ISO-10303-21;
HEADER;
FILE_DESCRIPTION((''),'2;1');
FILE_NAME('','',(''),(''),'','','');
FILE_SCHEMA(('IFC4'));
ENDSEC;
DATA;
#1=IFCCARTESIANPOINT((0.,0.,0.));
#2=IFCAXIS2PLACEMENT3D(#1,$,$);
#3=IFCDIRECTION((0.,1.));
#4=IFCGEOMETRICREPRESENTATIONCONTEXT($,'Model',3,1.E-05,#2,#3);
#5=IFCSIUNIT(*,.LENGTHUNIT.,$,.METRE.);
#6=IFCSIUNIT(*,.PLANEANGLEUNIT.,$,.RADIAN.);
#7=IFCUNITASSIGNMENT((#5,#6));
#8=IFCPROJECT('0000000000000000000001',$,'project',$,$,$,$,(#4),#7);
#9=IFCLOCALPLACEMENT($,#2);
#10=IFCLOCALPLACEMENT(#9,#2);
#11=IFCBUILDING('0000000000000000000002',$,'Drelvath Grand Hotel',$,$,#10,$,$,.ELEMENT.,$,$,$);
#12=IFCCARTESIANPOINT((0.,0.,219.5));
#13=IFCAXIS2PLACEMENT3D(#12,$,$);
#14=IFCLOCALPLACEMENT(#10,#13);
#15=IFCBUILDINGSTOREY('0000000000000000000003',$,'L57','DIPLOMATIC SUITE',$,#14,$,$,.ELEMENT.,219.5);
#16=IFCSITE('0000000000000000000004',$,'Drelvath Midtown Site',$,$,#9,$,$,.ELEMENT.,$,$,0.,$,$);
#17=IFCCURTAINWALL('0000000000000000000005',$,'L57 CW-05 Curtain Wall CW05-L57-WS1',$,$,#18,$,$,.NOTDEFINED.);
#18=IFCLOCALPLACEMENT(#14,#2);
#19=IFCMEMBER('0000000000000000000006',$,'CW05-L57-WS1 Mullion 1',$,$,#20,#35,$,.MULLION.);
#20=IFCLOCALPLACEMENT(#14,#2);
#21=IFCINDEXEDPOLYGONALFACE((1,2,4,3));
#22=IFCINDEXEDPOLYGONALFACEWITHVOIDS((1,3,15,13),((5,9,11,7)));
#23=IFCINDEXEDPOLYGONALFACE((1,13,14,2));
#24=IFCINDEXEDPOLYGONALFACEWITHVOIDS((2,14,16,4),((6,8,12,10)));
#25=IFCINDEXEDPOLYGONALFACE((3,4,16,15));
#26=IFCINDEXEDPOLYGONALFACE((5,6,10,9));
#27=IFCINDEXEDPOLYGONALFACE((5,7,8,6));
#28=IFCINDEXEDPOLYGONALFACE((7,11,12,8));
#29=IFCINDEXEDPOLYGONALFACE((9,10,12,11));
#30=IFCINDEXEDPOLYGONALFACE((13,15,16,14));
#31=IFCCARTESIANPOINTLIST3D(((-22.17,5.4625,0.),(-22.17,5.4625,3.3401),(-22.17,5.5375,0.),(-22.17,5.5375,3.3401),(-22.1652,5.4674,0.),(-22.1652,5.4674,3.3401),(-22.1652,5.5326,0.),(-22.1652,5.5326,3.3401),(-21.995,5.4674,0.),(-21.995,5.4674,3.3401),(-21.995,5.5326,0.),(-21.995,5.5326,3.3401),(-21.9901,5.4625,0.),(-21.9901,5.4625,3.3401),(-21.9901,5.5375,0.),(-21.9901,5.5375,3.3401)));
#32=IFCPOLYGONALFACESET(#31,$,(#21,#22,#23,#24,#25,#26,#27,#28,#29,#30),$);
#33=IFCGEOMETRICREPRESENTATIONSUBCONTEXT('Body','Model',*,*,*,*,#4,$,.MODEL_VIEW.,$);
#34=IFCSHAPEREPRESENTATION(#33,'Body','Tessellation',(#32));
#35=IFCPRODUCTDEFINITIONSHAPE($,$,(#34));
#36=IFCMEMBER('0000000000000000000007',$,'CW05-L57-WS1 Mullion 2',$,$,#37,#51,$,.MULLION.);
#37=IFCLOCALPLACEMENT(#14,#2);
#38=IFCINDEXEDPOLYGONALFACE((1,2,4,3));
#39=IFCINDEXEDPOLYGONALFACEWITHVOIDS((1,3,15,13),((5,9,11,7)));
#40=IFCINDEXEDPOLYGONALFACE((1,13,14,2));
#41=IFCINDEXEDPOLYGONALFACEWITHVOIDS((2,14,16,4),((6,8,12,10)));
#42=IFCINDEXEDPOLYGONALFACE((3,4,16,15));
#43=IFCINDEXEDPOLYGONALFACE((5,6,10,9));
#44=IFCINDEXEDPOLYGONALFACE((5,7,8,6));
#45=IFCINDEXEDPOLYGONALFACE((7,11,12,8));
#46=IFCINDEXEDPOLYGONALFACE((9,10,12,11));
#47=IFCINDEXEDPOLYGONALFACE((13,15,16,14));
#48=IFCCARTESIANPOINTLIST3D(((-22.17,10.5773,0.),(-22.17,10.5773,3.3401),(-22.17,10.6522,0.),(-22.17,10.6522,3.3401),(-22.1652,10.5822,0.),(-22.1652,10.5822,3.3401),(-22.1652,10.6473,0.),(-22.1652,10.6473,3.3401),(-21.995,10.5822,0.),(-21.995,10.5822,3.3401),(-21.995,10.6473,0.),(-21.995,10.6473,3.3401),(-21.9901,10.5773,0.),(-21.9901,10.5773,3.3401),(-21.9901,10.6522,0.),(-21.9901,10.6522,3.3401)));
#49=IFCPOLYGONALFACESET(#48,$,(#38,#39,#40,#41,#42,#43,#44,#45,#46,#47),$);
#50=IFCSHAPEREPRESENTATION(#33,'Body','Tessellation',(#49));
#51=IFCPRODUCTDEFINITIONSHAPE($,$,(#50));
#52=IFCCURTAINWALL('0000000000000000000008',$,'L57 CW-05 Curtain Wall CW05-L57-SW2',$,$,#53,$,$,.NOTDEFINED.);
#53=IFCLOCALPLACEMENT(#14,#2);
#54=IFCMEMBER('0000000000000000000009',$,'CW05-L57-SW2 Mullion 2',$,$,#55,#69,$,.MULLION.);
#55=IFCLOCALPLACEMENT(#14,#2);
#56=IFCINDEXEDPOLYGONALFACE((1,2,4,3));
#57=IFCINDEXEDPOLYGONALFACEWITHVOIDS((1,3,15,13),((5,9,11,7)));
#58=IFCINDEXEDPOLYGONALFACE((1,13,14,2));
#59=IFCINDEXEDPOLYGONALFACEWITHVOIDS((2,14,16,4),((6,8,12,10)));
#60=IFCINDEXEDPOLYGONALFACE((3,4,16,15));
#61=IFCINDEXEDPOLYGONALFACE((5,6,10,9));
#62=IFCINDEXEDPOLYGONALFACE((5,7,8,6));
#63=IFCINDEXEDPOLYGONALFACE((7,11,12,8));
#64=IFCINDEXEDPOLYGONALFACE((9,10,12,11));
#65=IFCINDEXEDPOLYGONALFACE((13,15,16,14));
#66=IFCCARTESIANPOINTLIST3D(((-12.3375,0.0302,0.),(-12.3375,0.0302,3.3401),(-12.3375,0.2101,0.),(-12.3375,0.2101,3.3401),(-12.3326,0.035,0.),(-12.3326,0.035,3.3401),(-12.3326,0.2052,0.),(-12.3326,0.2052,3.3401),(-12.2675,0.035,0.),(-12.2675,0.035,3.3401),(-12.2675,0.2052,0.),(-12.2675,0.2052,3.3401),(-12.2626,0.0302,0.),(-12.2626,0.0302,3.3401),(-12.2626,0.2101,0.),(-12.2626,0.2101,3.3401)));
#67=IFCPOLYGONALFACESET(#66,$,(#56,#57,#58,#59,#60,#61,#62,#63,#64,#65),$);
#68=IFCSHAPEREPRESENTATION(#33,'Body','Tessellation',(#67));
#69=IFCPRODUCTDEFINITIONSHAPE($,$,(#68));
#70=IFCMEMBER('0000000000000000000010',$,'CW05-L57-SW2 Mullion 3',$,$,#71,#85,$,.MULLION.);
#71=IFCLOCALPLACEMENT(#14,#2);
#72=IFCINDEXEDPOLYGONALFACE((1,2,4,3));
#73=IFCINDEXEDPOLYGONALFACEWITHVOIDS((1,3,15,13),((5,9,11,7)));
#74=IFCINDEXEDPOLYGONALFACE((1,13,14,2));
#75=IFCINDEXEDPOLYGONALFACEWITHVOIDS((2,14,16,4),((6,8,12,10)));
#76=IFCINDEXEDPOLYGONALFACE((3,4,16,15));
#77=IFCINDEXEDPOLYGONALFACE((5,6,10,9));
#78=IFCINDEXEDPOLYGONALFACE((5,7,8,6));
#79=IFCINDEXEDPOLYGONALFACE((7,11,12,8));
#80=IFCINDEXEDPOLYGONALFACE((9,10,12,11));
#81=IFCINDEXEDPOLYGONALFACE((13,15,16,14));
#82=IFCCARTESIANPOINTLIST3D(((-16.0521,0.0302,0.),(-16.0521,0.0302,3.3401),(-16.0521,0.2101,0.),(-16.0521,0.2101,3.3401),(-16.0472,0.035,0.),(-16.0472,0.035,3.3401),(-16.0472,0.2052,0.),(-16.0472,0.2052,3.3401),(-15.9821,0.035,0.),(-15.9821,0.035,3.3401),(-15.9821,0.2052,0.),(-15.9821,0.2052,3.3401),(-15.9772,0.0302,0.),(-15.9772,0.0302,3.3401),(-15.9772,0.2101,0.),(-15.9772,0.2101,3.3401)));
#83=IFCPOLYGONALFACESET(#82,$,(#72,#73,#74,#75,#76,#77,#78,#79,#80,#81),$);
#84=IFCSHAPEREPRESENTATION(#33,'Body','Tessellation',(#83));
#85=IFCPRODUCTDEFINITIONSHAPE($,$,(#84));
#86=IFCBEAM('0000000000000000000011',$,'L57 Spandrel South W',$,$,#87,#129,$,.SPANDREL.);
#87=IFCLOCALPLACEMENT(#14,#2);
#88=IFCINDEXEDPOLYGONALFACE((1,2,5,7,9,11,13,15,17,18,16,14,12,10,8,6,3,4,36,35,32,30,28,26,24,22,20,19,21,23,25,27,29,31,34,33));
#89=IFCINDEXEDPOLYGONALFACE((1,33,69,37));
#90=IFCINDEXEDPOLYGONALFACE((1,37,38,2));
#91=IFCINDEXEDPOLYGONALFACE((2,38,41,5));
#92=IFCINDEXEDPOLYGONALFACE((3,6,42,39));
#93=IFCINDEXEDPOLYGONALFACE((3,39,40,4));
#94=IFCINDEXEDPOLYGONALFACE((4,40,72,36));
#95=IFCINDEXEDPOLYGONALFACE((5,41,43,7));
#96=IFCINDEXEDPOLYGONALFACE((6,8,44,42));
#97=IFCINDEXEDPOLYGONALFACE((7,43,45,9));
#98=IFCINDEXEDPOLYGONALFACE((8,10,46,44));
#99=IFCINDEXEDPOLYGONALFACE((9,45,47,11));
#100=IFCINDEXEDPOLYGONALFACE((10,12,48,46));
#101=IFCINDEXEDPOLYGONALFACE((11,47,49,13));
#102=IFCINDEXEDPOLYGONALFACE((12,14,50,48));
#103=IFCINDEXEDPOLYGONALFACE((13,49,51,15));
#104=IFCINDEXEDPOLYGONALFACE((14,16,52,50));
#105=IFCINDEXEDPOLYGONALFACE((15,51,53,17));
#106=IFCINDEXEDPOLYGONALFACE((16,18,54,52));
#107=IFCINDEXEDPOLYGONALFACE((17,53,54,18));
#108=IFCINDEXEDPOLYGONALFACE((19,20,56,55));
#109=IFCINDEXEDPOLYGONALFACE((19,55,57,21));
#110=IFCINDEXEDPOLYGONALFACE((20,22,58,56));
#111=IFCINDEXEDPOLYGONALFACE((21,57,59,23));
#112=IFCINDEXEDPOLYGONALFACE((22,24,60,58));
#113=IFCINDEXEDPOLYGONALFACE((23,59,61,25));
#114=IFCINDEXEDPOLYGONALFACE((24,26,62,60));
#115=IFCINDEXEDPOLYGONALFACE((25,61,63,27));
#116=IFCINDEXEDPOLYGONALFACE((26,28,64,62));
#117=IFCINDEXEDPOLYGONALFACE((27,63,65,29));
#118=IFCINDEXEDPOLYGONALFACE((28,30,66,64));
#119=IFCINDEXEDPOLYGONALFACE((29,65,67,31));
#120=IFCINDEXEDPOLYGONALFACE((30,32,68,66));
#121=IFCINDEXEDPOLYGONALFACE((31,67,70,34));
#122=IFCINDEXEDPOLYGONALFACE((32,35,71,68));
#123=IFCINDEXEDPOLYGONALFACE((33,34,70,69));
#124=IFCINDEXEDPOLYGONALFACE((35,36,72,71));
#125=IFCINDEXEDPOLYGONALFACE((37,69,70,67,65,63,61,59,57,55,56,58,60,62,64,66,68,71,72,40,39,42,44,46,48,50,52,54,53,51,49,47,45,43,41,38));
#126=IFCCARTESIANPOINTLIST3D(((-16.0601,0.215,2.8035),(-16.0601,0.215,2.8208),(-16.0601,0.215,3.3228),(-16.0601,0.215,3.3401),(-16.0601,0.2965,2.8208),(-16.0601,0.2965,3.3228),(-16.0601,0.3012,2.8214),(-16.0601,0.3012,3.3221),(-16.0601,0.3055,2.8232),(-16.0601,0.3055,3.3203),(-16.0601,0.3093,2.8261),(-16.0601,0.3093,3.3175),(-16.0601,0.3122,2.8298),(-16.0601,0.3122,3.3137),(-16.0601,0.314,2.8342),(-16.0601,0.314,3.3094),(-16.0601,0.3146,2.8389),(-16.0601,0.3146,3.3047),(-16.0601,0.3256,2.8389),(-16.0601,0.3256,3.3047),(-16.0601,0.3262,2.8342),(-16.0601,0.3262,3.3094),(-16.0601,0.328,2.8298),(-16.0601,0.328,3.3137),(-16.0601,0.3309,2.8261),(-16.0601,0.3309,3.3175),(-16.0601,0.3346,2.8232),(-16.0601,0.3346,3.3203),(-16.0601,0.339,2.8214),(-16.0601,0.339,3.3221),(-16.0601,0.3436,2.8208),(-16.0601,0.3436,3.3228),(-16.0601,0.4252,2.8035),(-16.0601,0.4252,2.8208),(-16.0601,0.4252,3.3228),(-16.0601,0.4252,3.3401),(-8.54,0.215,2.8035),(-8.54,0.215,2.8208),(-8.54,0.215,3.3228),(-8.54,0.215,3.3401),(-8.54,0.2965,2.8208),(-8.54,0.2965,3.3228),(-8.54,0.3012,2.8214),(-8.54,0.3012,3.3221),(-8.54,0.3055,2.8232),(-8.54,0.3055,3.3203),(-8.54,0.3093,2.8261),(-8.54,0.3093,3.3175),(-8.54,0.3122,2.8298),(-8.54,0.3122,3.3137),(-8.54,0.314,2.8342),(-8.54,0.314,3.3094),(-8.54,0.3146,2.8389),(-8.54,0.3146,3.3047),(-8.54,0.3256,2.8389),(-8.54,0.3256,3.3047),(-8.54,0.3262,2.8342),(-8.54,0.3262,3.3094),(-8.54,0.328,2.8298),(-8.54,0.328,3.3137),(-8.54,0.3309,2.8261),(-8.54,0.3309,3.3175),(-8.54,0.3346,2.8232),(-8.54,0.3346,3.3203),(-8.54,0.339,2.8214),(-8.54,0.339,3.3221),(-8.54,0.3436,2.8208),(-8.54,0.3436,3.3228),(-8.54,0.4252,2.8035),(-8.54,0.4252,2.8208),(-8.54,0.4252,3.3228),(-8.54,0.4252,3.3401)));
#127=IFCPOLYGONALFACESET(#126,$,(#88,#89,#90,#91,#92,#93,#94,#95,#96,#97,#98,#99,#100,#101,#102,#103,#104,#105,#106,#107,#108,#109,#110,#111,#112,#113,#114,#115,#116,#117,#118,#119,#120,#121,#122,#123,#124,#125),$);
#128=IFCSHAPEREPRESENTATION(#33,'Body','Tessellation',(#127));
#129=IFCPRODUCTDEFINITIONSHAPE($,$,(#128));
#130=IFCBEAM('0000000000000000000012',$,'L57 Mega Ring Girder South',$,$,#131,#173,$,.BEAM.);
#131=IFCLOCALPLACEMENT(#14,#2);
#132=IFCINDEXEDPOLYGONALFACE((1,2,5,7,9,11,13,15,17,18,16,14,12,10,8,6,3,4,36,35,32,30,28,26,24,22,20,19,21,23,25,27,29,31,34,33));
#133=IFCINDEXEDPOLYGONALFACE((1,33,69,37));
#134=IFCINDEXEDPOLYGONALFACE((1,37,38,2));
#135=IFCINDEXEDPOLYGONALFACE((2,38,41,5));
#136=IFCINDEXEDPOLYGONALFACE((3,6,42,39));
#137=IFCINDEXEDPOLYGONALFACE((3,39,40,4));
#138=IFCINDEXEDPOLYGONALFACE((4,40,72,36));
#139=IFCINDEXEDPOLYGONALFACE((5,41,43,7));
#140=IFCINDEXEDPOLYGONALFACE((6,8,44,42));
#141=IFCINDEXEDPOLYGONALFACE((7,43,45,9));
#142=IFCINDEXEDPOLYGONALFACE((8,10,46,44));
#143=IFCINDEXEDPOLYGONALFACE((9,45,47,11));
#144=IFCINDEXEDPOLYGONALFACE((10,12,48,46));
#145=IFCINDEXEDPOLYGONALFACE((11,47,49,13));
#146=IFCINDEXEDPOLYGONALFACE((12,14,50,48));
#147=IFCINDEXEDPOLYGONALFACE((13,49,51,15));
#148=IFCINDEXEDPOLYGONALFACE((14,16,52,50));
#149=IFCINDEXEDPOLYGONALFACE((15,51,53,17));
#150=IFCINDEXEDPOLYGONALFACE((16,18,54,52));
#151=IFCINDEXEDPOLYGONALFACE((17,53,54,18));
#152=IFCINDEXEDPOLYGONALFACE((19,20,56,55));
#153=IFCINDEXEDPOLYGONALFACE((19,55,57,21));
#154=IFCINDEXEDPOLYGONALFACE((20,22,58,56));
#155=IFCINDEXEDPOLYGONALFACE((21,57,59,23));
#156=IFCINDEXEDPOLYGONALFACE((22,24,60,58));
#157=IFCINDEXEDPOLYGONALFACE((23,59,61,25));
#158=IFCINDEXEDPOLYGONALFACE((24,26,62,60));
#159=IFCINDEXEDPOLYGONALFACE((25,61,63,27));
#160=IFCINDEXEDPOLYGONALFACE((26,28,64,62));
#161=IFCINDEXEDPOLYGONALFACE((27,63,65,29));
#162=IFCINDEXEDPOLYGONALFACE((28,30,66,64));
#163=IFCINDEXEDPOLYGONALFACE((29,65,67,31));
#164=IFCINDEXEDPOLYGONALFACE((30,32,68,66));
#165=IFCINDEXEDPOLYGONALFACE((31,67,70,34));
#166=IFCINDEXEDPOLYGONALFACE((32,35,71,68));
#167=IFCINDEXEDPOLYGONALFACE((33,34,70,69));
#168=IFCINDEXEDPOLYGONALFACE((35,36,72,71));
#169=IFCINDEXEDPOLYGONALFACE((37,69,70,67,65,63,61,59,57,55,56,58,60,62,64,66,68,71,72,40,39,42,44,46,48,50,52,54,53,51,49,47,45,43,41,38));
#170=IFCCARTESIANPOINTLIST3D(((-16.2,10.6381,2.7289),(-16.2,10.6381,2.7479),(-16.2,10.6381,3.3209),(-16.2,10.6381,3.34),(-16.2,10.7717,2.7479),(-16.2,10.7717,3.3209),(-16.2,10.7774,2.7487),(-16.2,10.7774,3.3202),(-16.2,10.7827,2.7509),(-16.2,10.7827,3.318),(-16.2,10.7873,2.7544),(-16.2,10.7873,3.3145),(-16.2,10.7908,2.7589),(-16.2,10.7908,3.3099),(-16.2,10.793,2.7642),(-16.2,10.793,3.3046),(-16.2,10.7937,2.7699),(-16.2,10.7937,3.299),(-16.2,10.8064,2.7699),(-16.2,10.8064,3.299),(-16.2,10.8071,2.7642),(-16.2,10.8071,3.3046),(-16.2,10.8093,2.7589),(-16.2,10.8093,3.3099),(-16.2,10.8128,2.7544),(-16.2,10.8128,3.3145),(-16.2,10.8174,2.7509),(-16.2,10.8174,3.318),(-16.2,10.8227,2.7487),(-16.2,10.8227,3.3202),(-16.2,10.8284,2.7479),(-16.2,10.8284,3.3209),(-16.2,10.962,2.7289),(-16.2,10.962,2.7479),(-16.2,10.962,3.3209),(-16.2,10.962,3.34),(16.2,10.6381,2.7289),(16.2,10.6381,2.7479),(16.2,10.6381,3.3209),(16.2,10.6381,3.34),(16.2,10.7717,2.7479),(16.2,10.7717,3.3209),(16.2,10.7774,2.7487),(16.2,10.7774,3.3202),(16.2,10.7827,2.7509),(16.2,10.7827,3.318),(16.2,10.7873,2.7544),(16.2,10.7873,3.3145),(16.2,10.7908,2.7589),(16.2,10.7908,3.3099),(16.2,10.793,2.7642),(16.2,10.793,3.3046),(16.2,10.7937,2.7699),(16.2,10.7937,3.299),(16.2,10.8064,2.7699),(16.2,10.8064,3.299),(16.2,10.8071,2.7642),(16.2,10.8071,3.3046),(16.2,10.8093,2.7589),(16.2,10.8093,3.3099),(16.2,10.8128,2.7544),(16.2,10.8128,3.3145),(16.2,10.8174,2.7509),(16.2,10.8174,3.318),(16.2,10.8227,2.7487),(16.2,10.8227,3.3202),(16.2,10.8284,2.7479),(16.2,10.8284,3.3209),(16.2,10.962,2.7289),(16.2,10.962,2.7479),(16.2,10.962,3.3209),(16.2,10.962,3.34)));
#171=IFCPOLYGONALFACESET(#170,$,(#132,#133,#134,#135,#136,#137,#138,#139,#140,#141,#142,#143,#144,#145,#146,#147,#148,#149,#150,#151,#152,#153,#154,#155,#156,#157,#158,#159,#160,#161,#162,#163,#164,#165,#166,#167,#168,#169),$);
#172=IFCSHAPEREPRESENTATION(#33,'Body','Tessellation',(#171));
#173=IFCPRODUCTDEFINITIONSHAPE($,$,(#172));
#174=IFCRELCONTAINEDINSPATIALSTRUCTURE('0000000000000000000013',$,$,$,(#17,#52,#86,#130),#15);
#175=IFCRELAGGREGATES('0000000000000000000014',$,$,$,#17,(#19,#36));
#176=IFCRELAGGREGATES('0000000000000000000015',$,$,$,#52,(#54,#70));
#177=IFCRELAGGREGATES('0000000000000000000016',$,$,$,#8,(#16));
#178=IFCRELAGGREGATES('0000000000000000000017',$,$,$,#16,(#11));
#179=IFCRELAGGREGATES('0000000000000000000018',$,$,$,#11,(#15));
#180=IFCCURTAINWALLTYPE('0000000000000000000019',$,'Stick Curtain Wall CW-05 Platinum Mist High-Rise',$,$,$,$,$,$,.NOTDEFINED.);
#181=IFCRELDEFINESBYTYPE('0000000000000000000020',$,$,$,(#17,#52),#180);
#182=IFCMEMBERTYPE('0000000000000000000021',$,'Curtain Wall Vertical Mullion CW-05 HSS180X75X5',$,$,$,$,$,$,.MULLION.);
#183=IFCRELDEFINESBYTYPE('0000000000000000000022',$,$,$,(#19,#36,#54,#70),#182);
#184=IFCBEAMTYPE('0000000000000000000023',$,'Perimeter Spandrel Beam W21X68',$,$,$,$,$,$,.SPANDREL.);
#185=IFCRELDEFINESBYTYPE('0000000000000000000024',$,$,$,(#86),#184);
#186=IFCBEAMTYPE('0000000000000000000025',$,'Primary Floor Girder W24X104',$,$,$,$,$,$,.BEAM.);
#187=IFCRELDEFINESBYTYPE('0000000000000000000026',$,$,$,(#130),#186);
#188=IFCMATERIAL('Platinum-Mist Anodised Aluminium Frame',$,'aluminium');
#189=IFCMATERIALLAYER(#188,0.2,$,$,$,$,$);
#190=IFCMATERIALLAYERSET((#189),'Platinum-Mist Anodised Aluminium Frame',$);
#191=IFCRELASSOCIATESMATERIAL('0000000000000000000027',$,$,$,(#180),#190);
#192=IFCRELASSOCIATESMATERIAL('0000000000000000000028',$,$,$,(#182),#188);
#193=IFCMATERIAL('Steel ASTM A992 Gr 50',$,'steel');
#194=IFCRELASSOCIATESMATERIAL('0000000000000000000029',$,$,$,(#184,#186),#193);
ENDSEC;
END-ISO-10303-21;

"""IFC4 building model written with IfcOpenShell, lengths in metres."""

from ifc_helpers import new_model, si_unit, direction, frame, origin, origin_2d, place, context, subcontext, project, spatial, hollow_rectangle, i_section, extrude, material, layer, layer_set, material_profile, profile_set, type_object, element, aggregate, save


model = new_model("IFC4")

# Units and contexts
model_context = context("Model", 3, precision=1e-05, world=origin(), true_north=direction((0.0, 1.0)))
body_context = subcontext(model_context, "Body", "Model", "MODEL_VIEW")
ifc_project = project(units=[si_unit("LENGTHUNIT", "METRE"), si_unit("PLANEANGLEUNIT", "RADIAN")], contexts=[model_context])

# Site, building, storey
site_placement = place(None, origin())
site = spatial("IfcSite", under=ifc_project, at=site_placement, Name="Drelvath Midtown Site", CompositionType="ELEMENT", RefElevation=0.0)
building_placement = place(site_placement, origin())
building = spatial("IfcBuilding", under=site, at=building_placement, Name="Drelvath Grand Hotel", CompositionType="ELEMENT")
storey_placement = place(building_placement, frame((0.0, 0.0, 219.5)))
storey = spatial("IfcBuildingStorey", under=building, at=storey_placement, Name="L57", Description="DIPLOMATIC SUITE", CompositionType="ELEMENT", Elevation=219.5)

# Shared definitions
ifc_material_1 = material(Name="Steel ASTM A992 Gr 50", Category="steel")

# Curtain walls, members
ifc_material_2 = material(Name="Platinum-Mist Anodised Aluminium Frame", Category="aluminium")
ifc_layer_1 = layer(ifc_material_2, 0.2)
ifc_layer_set_1 = layer_set([ifc_layer_1], Name="Platinum-Mist Anodised Aluminium Frame")
curtain_wall_type = type_object("IfcCurtainWallType", Name="Stick Curtain Wall CW-05 Platinum Mist High-Rise", PredefinedType="NOTDEFINED", material=ifc_layer_set_1)
curtain_wall_1_placement = place(storey_placement, origin())
curtain_wall_1 = element("IfcCurtainWall", 1, at=curtain_wall_1_placement, inside=storey, type_object=curtain_wall_type, Name="L57 CW-05 Curtain Wall CW05-L57-WS1", PredefinedType="NOTDEFINED")
ifc_material_profile_1 = material_profile(ifc_material_2, hollow_rectangle(XDim=0.075, YDim=0.1799, WallThickness=0.0049, at=origin_2d()), Name="HSS180X75X5")
ifc_profile_set_1 = profile_set([ifc_material_profile_1], Name="Platinum-Mist Anodised Aluminium Frame")
member_type_1 = type_object("IfcMemberType", Name="Curtain Wall Vertical Mullion CW-05 HSS180X75X5", PredefinedType="MULLION", material=ifc_profile_set_1)
member_1_placement = place(storey_placement, frame((-22.0801, 5.5, 0.0), z_axis=(0.0, 0.0, 1.0), x_axis=(0.0, 1.0, 0.0)))
member_1 = element("IfcMember", 2, at=member_1_placement, type_object=member_type_1, Name="CW05-L57-WS1 Mullion 1", PredefinedType="MULLION", context=body_context, shape_type="SweptSolid", body=[
    extrude(hollow_rectangle(XDim=0.075, YDim=0.1799, WallThickness=0.0049, at=origin_2d()), origin(), (0.0, 0.0, 1.0), 3.3401),
])
member_2_placement = place(storey_placement, frame((-22.0801, 10.6147, 0.0), z_axis=(0.0, 0.0, 1.0), x_axis=(0.0, 1.0, 0.0)))
member_2 = element("IfcMember", 3, at=member_2_placement, type_object=member_type_1, Name="CW05-L57-WS1 Mullion 2", PredefinedType="MULLION", context=body_context, shape_type="SweptSolid", body=[
    extrude(hollow_rectangle(XDim=0.075, YDim=0.1799, WallThickness=0.0049, at=origin_2d()), origin(), (0.0, 0.0, 1.0), 3.3401),
])
curtain_wall_2_placement = place(storey_placement, origin())
curtain_wall_2 = element("IfcCurtainWall", 4, at=curtain_wall_2_placement, inside=storey, type_object=curtain_wall_type, Name="L57 CW-05 Curtain Wall CW05-L57-SW2", PredefinedType="NOTDEFINED")
member_3_placement = place(storey_placement, frame((-12.3, 0.1201, 0.0), z_axis=(0.0, 0.0, 1.0), x_axis=(1.0, 0.0, 0.0)))
member_3 = element("IfcMember", 5, at=member_3_placement, type_object=member_type_1, Name="CW05-L57-SW2 Mullion 2", PredefinedType="MULLION", context=body_context, shape_type="SweptSolid", body=[
    extrude(hollow_rectangle(XDim=0.075, YDim=0.1799, WallThickness=0.0049, at=origin_2d()), origin(), (0.0, 0.0, 1.0), 3.3401),
])
member_4_placement = place(storey_placement, frame((-16.0146, 0.1201, 0.0), z_axis=(0.0, 0.0, 1.0), x_axis=(1.0, 0.0, 0.0)))
member_4 = element("IfcMember", 6, at=member_4_placement, type_object=member_type_1, Name="CW05-L57-SW2 Mullion 3", PredefinedType="MULLION", context=body_context, shape_type="SweptSolid", body=[
    extrude(hollow_rectangle(XDim=0.075, YDim=0.1799, WallThickness=0.0049, at=origin_2d()), origin(), (0.0, 0.0, 1.0), 3.3401),
])

# Beams
ifc_material_profile_2 = material_profile(ifc_material_1, i_section(OverallWidth=0.2102, OverallDepth=0.5366, WebThickness=0.011, FlangeThickness=0.0173, FilletRadius=0.0181, at=origin_2d()), Name="W21X68")
ifc_profile_set_2 = profile_set([ifc_material_profile_2], Name="Steel ASTM A992 Gr 50")
beam_type_1 = type_object("IfcBeamType", Name="Perimeter Spandrel Beam W21X68", PredefinedType="SPANDREL", material=ifc_profile_set_2)
beam_1_placement = place(storey_placement, frame((-16.0601, 0.3201, 3.0718), z_axis=(1.0, 0.0, 0.0), x_axis=(0.0, 1.0, 0.0)))
element("IfcBeam", 7, at=beam_1_placement, inside=storey, type_object=beam_type_1, Name="L57 Spandrel South W", PredefinedType="SPANDREL", context=body_context, shape_type="SweptSolid", body=[
    extrude(i_section(OverallWidth=0.2102, OverallDepth=0.5366, WebThickness=0.011, FlangeThickness=0.0173, FilletRadius=0.0181, at=origin_2d()), origin(), (0.0, 0.0, 1.0), 7.52),
])
ifc_material_profile_3 = material_profile(ifc_material_1, i_section(OverallWidth=0.324, OverallDepth=0.6111, WebThickness=0.0127, FlangeThickness=0.019, FilletRadius=0.022, at=origin_2d()), Name="W24X104")
ifc_profile_set_3 = profile_set([ifc_material_profile_3], Name="Steel ASTM A992 Gr 50")
beam_type_2 = type_object("IfcBeamType", Name="Primary Floor Girder W24X104", PredefinedType="BEAM", material=ifc_profile_set_3)
for number, where, z_axis, x_axis, name in (
    (8, (-16.2, 10.8, 3.0344), (1.0, 0.0, 0.0), (0.0, 1.0, 0.0), "L57 Mega Ring Girder South"),
):
    element("IfcBeam", number, at=place(storey_placement, frame(where, z_axis=z_axis, x_axis=x_axis)), inside=storey, type_object=beam_type_2, Name=name, PredefinedType="BEAM", context=body_context, shape_type="SweptSolid", body=[
        extrude(i_section(OverallWidth=0.324, OverallDepth=0.6111, WebThickness=0.0127, FlangeThickness=0.019, FilletRadius=0.022, at=origin_2d()), origin(), (0.0, 0.0, 1.0), 32.3999),
    ])

aggregate(curtain_wall_1, [member_1, member_2])
aggregate(curtain_wall_2, [member_3, member_4])

save(model, "model.ifc")
